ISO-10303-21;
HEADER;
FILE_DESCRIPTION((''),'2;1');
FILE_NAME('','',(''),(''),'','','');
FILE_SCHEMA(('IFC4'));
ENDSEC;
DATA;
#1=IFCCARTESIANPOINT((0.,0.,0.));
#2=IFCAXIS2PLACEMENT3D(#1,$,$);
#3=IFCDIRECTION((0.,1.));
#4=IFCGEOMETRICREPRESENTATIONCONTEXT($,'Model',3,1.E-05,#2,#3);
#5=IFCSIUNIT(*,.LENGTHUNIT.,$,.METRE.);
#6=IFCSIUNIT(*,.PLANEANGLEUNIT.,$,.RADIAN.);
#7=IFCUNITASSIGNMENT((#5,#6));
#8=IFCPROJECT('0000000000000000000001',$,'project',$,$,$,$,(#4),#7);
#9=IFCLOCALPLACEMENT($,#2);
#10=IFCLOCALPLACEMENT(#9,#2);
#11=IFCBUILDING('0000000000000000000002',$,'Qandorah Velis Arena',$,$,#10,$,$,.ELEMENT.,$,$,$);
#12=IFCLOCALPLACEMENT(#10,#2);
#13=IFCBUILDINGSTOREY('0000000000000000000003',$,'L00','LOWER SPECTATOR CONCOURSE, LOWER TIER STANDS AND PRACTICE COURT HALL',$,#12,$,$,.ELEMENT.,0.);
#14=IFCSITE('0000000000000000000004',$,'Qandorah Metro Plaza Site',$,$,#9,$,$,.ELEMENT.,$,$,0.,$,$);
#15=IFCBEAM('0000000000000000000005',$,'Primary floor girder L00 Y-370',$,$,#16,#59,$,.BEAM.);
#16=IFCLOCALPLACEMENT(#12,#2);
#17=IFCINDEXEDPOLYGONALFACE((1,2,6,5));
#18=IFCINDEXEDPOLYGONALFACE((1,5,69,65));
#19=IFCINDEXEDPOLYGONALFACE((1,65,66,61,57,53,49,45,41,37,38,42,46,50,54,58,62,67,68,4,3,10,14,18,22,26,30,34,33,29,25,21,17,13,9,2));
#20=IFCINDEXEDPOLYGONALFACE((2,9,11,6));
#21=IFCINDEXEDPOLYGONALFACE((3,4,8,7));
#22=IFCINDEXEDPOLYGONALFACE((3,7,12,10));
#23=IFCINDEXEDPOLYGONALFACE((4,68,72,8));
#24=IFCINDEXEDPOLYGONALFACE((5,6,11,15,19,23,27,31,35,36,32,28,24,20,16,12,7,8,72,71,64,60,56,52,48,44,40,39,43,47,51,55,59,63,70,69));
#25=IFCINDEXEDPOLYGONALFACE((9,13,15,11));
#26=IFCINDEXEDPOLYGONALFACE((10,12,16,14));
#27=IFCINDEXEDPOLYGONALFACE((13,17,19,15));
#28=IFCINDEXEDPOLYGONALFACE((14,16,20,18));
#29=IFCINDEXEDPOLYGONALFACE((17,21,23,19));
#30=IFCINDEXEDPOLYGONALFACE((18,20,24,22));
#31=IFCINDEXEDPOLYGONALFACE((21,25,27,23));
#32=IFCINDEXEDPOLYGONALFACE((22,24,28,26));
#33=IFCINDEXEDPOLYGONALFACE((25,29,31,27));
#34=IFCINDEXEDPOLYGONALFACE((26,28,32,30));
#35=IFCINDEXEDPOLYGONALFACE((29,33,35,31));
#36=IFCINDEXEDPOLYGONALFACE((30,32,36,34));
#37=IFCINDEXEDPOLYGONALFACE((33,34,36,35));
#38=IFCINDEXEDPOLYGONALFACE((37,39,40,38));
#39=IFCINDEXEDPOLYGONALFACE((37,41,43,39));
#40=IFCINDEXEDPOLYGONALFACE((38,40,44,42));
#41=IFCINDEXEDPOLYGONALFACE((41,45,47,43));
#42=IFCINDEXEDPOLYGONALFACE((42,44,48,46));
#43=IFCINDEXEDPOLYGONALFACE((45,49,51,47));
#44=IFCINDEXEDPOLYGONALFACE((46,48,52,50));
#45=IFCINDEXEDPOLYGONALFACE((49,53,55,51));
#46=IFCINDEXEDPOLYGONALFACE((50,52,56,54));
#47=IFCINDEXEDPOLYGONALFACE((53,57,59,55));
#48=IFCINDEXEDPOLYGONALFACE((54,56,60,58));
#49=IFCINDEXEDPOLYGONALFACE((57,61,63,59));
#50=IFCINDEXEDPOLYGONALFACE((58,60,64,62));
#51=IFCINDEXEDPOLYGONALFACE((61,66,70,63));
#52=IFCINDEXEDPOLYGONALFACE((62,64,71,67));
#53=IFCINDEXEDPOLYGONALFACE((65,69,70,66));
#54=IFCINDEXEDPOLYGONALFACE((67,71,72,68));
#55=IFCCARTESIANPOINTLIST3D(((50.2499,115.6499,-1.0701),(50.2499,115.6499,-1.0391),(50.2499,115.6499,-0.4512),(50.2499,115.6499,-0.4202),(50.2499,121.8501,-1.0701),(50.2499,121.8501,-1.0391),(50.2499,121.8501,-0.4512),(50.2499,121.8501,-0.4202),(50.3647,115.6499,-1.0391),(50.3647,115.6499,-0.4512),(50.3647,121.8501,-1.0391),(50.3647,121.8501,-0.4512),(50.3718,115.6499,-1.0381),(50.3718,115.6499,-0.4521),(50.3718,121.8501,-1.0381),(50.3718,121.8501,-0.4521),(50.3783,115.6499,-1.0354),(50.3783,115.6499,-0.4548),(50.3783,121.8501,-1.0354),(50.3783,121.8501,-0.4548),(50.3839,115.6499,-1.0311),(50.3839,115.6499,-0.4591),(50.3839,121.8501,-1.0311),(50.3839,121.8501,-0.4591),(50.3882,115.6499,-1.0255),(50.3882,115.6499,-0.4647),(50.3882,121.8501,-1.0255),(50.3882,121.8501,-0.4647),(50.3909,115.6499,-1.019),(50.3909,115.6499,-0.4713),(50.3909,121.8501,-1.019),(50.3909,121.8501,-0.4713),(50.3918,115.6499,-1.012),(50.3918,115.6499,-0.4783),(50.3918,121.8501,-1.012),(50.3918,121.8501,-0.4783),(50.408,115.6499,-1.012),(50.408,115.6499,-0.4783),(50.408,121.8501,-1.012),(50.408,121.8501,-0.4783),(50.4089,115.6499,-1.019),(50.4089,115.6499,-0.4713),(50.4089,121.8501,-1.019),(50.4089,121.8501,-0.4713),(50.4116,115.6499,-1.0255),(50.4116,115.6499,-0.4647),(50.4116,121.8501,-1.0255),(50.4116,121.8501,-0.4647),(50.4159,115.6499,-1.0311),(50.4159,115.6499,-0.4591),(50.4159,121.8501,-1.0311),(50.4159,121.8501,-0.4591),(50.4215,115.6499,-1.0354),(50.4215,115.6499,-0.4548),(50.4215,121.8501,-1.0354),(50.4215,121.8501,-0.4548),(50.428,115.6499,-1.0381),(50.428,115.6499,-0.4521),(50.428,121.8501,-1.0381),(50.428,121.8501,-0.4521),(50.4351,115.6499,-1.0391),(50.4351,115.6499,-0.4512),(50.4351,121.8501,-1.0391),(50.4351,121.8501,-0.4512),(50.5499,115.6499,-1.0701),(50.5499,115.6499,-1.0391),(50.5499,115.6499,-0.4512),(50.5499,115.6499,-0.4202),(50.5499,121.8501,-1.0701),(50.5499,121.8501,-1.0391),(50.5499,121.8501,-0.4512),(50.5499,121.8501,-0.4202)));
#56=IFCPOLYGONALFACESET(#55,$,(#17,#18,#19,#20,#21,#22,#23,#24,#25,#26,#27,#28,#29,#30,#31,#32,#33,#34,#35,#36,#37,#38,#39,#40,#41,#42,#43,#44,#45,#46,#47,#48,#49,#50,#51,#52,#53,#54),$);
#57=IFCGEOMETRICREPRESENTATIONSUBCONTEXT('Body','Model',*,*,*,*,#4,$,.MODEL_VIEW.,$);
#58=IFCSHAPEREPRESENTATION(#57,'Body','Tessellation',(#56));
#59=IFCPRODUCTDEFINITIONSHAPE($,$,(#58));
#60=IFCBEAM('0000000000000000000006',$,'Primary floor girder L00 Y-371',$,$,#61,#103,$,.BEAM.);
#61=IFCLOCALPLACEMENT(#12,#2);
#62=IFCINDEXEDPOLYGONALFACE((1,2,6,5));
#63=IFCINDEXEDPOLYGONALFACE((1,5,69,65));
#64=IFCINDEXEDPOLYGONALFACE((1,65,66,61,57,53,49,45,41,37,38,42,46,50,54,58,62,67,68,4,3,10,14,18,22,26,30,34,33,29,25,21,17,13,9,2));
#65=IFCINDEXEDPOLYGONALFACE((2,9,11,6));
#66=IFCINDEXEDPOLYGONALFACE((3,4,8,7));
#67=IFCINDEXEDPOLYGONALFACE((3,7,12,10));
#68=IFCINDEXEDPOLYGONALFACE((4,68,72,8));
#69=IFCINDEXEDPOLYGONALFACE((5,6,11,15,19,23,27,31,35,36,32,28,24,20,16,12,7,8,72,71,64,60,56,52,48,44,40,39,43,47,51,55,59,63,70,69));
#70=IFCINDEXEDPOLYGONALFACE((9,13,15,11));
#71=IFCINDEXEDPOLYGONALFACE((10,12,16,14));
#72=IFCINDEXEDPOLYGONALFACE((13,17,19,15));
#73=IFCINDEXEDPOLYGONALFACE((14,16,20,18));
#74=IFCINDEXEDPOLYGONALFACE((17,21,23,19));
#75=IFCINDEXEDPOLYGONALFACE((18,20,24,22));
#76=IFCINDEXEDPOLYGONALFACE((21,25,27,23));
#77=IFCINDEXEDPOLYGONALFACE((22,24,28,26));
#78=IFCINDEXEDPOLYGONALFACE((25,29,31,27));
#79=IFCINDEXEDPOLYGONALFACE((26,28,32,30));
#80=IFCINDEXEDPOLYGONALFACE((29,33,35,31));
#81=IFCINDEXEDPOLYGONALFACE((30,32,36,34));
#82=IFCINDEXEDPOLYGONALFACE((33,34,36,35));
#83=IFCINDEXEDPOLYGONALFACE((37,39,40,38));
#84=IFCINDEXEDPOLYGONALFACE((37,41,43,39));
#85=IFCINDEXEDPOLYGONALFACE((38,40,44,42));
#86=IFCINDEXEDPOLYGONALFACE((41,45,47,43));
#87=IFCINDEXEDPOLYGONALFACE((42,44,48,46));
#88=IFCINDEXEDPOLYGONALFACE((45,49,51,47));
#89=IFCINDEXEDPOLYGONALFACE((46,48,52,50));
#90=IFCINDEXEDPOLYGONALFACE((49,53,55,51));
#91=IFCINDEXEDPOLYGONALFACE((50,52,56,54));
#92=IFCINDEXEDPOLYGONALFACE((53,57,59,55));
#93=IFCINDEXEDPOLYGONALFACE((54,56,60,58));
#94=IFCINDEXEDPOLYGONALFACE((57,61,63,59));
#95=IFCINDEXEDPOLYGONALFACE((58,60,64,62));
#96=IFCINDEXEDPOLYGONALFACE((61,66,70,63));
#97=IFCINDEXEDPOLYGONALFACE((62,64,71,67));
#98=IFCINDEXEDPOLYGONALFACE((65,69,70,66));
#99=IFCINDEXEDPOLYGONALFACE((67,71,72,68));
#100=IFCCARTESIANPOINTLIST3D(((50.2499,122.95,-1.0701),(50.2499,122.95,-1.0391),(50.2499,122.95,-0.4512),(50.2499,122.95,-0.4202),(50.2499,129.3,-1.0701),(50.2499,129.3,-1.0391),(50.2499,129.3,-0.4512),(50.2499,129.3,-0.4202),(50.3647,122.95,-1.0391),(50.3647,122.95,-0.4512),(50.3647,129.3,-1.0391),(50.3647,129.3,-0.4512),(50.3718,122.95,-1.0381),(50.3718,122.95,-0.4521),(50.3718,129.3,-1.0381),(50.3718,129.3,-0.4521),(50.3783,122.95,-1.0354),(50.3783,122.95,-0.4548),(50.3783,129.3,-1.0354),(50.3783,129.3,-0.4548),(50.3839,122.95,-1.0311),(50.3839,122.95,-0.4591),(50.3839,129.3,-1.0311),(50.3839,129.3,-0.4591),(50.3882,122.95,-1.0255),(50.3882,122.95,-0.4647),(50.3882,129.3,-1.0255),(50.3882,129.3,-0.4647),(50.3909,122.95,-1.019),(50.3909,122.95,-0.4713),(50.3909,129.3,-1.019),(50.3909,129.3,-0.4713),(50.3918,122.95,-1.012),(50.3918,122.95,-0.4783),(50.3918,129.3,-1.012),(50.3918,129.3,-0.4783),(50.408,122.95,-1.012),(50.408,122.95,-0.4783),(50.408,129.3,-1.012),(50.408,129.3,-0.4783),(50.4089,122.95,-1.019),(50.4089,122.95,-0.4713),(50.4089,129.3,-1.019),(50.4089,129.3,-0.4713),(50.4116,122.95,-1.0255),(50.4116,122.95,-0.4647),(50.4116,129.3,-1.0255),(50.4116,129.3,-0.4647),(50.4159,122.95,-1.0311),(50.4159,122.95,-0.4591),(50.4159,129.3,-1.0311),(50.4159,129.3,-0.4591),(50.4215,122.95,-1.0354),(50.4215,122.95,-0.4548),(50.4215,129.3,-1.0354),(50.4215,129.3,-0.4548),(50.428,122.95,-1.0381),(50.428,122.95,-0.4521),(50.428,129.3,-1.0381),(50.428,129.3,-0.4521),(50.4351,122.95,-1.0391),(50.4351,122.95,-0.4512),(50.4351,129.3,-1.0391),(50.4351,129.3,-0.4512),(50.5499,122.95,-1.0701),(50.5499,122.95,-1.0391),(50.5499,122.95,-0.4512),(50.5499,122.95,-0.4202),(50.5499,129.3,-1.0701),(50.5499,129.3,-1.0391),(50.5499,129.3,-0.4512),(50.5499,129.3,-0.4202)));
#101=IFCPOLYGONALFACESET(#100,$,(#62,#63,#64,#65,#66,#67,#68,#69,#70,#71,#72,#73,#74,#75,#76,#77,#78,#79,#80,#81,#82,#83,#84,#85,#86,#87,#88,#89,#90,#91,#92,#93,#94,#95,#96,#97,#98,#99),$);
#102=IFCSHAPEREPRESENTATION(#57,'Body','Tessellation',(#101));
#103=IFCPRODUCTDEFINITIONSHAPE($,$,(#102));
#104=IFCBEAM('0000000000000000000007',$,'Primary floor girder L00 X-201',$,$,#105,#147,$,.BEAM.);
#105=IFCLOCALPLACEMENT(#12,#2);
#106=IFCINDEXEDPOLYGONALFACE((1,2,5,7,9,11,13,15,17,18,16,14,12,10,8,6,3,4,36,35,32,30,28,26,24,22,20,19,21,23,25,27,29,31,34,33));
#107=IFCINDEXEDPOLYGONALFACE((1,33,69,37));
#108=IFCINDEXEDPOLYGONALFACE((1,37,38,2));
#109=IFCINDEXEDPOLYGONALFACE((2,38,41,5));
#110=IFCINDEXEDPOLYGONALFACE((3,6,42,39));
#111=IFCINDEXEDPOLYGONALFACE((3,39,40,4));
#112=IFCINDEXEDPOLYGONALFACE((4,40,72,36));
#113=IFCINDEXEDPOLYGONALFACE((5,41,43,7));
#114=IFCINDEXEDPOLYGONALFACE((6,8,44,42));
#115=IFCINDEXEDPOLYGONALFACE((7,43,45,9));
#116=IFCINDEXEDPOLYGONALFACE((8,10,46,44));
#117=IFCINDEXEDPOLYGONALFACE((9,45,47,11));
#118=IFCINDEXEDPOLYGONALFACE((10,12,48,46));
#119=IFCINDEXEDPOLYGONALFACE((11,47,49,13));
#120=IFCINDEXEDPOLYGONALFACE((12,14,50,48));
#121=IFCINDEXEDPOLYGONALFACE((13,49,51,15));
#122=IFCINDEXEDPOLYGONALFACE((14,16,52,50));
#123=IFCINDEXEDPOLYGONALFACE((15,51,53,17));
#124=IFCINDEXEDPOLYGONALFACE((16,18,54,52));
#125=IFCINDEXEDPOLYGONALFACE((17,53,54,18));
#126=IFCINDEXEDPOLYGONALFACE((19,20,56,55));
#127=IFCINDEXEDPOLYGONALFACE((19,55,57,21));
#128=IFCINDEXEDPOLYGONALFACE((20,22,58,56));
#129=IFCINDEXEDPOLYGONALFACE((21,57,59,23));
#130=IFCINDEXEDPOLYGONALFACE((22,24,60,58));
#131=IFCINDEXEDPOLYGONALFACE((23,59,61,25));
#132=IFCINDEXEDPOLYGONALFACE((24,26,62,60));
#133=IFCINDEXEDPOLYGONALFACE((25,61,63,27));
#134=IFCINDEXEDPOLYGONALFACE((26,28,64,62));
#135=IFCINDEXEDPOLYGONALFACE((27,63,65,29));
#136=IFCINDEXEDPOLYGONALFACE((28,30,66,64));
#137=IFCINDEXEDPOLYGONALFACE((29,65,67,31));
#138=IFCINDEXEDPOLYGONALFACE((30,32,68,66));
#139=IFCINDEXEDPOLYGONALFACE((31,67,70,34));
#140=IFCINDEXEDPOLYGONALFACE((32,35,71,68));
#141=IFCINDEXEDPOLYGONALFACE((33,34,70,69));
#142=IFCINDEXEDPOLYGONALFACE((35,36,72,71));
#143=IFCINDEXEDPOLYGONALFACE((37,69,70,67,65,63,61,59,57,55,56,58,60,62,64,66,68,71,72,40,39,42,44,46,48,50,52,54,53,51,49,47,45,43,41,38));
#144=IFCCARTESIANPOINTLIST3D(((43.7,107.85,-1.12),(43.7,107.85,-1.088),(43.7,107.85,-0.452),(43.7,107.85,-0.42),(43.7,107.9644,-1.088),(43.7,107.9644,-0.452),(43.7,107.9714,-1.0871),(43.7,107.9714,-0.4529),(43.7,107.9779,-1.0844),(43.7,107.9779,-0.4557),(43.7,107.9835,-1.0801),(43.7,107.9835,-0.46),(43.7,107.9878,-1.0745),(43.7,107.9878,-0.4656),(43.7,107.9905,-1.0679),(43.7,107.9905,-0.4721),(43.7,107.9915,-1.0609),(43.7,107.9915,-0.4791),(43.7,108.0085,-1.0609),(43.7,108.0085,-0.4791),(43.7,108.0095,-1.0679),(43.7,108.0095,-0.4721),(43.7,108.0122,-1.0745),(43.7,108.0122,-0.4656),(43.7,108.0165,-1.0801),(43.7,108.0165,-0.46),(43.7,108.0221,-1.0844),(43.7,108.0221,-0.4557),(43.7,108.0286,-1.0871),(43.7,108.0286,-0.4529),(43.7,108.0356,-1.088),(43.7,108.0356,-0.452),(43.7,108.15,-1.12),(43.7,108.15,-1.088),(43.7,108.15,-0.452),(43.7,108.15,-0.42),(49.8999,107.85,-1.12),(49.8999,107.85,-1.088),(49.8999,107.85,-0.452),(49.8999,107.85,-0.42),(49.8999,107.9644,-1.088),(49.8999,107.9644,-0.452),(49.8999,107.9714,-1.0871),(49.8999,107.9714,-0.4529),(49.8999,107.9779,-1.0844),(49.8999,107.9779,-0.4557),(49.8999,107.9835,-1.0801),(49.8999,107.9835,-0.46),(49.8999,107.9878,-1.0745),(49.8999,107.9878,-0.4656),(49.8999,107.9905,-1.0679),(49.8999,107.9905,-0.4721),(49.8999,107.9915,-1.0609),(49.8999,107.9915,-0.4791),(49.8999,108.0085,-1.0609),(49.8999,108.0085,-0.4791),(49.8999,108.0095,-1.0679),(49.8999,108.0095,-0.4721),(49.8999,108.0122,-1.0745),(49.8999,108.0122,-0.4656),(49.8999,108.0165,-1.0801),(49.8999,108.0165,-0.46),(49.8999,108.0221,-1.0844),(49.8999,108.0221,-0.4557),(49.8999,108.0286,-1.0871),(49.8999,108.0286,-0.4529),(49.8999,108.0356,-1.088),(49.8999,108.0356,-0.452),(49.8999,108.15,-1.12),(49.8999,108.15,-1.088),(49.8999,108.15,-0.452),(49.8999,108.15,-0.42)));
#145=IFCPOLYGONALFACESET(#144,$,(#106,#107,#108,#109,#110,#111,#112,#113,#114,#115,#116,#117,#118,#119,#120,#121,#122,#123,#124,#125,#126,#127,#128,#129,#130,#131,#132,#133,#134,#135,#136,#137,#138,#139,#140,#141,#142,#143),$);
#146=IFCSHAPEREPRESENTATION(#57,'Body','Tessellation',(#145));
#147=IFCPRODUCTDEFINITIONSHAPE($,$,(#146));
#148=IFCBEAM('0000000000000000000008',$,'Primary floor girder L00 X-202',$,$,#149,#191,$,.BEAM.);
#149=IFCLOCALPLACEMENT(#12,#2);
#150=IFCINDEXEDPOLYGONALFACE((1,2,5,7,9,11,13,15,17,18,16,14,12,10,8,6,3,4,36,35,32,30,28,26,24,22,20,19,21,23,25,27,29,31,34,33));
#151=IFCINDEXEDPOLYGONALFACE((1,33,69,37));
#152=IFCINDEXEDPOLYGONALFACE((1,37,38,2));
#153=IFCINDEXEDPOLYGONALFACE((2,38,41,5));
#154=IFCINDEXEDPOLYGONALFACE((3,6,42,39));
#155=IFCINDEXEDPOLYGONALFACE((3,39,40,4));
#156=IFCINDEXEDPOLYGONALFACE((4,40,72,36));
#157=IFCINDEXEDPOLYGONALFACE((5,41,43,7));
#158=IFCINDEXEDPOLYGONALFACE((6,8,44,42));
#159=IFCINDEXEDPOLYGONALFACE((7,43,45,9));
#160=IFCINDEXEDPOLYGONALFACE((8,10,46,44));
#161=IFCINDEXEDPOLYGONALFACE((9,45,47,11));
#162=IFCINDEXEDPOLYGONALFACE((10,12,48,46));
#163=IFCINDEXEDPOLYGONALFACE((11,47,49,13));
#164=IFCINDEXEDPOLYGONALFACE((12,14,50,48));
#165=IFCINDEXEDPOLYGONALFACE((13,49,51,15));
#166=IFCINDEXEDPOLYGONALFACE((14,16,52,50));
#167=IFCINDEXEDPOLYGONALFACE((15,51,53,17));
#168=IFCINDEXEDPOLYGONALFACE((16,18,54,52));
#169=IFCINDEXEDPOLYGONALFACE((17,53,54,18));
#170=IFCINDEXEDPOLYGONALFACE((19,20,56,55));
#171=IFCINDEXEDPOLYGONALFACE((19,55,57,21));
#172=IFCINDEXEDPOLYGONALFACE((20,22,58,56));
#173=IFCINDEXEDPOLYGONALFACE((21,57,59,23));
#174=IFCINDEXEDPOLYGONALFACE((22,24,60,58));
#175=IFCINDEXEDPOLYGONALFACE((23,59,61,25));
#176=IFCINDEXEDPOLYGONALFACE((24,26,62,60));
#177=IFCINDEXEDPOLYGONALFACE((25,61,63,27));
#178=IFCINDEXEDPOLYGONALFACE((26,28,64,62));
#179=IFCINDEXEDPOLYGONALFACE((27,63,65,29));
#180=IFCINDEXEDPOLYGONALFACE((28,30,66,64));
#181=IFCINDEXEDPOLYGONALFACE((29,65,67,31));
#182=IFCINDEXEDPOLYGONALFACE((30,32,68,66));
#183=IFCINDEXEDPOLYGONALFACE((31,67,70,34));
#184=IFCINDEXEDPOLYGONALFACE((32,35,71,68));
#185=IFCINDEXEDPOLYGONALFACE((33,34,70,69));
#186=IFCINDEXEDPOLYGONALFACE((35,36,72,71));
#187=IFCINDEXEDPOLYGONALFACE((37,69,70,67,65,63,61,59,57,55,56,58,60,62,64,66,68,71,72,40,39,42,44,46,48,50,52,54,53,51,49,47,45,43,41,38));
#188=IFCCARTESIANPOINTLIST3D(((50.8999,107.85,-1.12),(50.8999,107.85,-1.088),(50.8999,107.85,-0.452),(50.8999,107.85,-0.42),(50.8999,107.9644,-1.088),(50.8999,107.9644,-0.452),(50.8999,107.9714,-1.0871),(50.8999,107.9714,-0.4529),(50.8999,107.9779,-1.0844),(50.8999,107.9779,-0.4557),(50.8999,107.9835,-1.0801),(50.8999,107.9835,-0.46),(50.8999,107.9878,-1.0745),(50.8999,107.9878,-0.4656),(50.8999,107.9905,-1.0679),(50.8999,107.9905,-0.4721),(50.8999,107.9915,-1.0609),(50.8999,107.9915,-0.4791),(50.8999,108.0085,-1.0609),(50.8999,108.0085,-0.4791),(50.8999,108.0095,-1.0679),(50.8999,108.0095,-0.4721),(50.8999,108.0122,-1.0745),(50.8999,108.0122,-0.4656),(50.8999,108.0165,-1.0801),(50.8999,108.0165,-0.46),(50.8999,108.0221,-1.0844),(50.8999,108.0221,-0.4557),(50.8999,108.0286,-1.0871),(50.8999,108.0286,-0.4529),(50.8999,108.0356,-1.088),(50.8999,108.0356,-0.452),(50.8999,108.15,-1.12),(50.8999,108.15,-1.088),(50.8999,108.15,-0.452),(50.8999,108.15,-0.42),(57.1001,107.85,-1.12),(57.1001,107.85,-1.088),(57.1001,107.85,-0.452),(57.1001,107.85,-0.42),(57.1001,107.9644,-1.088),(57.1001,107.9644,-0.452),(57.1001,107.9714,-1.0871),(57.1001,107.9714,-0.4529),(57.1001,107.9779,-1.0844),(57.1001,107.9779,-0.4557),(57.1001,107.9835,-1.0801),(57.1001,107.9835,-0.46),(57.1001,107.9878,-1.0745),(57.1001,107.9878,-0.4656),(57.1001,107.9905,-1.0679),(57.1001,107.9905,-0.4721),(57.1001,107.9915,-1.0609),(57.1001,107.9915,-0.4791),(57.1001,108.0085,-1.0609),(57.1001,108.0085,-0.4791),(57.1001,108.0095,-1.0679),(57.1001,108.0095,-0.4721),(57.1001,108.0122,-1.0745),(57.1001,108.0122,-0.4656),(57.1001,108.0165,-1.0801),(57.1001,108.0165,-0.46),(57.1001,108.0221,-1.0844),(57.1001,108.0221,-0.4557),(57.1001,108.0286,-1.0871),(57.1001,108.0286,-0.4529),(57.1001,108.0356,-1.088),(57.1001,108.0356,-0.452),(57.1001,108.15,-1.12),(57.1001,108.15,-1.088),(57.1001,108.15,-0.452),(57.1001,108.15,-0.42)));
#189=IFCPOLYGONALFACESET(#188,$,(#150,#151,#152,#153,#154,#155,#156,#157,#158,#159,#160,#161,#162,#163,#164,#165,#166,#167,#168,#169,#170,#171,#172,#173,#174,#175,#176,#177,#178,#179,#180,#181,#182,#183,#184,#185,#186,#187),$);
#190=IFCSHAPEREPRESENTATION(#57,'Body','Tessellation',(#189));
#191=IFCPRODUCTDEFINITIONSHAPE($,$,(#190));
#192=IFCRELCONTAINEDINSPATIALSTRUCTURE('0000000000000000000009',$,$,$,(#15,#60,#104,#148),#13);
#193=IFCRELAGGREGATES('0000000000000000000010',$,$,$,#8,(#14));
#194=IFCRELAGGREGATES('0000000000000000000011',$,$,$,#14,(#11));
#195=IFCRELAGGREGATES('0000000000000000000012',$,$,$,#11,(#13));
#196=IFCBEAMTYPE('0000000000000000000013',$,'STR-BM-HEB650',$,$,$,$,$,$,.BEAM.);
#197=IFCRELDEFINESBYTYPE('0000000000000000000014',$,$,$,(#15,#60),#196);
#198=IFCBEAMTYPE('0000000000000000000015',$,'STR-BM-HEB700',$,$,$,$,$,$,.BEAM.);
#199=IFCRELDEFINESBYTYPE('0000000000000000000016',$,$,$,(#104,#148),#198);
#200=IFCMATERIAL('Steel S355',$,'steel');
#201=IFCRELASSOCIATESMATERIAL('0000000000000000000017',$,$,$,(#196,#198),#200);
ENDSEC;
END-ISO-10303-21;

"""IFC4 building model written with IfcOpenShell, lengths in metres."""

from ifc_helpers import new_model, si_unit, direction, frame, origin, origin_2d, place, context, subcontext, project, spatial, i_section, extrude, material, material_profile, profile_set, type_object, element, save


model = new_model("IFC4")

# Units and contexts
model_context = context("Model", 3, precision=1e-05, world=origin(), true_north=direction((0.0, 1.0)))
body_context = subcontext(model_context, "Body", "Model", "MODEL_VIEW")
ifc_project = project(units=[si_unit("LENGTHUNIT", "METRE"), si_unit("PLANEANGLEUNIT", "RADIAN")], contexts=[model_context])

# Site, building, storey
site_placement = place(None, origin())
site = spatial("IfcSite", under=ifc_project, at=site_placement, Name="Qandorah Metro Plaza Site", CompositionType="ELEMENT", RefElevation=0.0)
building_placement = place(site_placement, origin())
building = spatial("IfcBuilding", under=site, at=building_placement, Name="Qandorah Velis Arena", CompositionType="ELEMENT")
storey_placement = place(building_placement, origin())
storey = spatial("IfcBuildingStorey", under=building, at=storey_placement, Name="L00", Description="LOWER SPECTATOR CONCOURSE, LOWER TIER STANDS AND PRACTICE COURT HALL", CompositionType="ELEMENT", Elevation=0.0)

# Beams
ifc_material_1 = material(Name="Steel S355", Category="steel")
ifc_material_profile_1 = material_profile(ifc_material_1, i_section(OverallWidth=0.3, OverallDepth=0.6499, WebThickness=0.0161, FlangeThickness=0.031, FilletRadius=0.0271, at=origin_2d()), Name="HEB 650")
ifc_profile_set_1 = profile_set([ifc_material_profile_1], Name="Steel S355")
beam_type_1 = type_object("IfcBeamType", Name="STR-BM-HEB650", PredefinedType="BEAM", material=ifc_profile_set_1)
beam_1_placement = place(storey_placement, frame((50.3999, 115.6499, -0.7451), z_axis=(0.0, 1.0, 0.0), x_axis=(-1.0, 0.0, 0.0)))
element("IfcBeam", 1, at=beam_1_placement, inside=storey, type_object=beam_type_1, Name="Primary floor girder L00 Y-370", PredefinedType="BEAM", context=body_context, shape_type="SweptSolid", body=[
    extrude(i_section(OverallWidth=0.3, OverallDepth=0.6499, WebThickness=0.0161, FlangeThickness=0.031, FilletRadius=0.0271, at=origin_2d()), origin(), (0.0, 0.0, 1.0), 6.2002),
])
beam_2_placement = place(storey_placement, frame((50.3999, 122.95, -0.7451), z_axis=(0.0, 1.0, 0.0), x_axis=(-1.0, 0.0, 0.0)))
element("IfcBeam", 2, at=beam_2_placement, inside=storey, type_object=beam_type_1, Name="Primary floor girder L00 Y-371", PredefinedType="BEAM", context=body_context, shape_type="SweptSolid", body=[
    extrude(i_section(OverallWidth=0.3, OverallDepth=0.6499, WebThickness=0.0161, FlangeThickness=0.031, FilletRadius=0.0271, at=origin_2d()), origin(), (0.0, 0.0, 1.0), 6.3501),
])
ifc_material_profile_2 = material_profile(ifc_material_1, i_section(OverallWidth=0.3, OverallDepth=0.7, WebThickness=0.0171, FlangeThickness=0.032, FilletRadius=0.0271, at=origin_2d()), Name="HEB 700")
ifc_profile_set_2 = profile_set([ifc_material_profile_2], Name="Steel S355")
beam_type_2 = type_object("IfcBeamType", Name="STR-BM-HEB700", PredefinedType="BEAM", material=ifc_profile_set_2)
beam_3_placement = place(storey_placement, frame((43.7, 108.0, -0.77), z_axis=(1.0, 0.0, 0.0), x_axis=(0.0, 1.0, 0.0)))
element("IfcBeam", 3, at=beam_3_placement, inside=storey, type_object=beam_type_2, Name="Primary floor girder L00 X-201", PredefinedType="BEAM", context=body_context, shape_type="SweptSolid", body=[
    extrude(i_section(OverallWidth=0.3, OverallDepth=0.7, WebThickness=0.0171, FlangeThickness=0.032, FilletRadius=0.0271, at=origin_2d()), origin(), (0.0, 0.0, 1.0), 6.2),
])
beam_4_placement = place(storey_placement, frame((50.8999, 108.0, -0.77), z_axis=(1.0, 0.0, 0.0), x_axis=(0.0, 1.0, 0.0)))
element("IfcBeam", 4, at=beam_4_placement, inside=storey, type_object=beam_type_2, Name="Primary floor girder L00 X-202", PredefinedType="BEAM", context=body_context, shape_type="SweptSolid", body=[
    extrude(i_section(OverallWidth=0.3, OverallDepth=0.7, WebThickness=0.0171, FlangeThickness=0.032, FilletRadius=0.0271, at=origin_2d()), origin(), (0.0, 0.0, 1.0), 6.2002),
])

save(model, "model.ifc")
